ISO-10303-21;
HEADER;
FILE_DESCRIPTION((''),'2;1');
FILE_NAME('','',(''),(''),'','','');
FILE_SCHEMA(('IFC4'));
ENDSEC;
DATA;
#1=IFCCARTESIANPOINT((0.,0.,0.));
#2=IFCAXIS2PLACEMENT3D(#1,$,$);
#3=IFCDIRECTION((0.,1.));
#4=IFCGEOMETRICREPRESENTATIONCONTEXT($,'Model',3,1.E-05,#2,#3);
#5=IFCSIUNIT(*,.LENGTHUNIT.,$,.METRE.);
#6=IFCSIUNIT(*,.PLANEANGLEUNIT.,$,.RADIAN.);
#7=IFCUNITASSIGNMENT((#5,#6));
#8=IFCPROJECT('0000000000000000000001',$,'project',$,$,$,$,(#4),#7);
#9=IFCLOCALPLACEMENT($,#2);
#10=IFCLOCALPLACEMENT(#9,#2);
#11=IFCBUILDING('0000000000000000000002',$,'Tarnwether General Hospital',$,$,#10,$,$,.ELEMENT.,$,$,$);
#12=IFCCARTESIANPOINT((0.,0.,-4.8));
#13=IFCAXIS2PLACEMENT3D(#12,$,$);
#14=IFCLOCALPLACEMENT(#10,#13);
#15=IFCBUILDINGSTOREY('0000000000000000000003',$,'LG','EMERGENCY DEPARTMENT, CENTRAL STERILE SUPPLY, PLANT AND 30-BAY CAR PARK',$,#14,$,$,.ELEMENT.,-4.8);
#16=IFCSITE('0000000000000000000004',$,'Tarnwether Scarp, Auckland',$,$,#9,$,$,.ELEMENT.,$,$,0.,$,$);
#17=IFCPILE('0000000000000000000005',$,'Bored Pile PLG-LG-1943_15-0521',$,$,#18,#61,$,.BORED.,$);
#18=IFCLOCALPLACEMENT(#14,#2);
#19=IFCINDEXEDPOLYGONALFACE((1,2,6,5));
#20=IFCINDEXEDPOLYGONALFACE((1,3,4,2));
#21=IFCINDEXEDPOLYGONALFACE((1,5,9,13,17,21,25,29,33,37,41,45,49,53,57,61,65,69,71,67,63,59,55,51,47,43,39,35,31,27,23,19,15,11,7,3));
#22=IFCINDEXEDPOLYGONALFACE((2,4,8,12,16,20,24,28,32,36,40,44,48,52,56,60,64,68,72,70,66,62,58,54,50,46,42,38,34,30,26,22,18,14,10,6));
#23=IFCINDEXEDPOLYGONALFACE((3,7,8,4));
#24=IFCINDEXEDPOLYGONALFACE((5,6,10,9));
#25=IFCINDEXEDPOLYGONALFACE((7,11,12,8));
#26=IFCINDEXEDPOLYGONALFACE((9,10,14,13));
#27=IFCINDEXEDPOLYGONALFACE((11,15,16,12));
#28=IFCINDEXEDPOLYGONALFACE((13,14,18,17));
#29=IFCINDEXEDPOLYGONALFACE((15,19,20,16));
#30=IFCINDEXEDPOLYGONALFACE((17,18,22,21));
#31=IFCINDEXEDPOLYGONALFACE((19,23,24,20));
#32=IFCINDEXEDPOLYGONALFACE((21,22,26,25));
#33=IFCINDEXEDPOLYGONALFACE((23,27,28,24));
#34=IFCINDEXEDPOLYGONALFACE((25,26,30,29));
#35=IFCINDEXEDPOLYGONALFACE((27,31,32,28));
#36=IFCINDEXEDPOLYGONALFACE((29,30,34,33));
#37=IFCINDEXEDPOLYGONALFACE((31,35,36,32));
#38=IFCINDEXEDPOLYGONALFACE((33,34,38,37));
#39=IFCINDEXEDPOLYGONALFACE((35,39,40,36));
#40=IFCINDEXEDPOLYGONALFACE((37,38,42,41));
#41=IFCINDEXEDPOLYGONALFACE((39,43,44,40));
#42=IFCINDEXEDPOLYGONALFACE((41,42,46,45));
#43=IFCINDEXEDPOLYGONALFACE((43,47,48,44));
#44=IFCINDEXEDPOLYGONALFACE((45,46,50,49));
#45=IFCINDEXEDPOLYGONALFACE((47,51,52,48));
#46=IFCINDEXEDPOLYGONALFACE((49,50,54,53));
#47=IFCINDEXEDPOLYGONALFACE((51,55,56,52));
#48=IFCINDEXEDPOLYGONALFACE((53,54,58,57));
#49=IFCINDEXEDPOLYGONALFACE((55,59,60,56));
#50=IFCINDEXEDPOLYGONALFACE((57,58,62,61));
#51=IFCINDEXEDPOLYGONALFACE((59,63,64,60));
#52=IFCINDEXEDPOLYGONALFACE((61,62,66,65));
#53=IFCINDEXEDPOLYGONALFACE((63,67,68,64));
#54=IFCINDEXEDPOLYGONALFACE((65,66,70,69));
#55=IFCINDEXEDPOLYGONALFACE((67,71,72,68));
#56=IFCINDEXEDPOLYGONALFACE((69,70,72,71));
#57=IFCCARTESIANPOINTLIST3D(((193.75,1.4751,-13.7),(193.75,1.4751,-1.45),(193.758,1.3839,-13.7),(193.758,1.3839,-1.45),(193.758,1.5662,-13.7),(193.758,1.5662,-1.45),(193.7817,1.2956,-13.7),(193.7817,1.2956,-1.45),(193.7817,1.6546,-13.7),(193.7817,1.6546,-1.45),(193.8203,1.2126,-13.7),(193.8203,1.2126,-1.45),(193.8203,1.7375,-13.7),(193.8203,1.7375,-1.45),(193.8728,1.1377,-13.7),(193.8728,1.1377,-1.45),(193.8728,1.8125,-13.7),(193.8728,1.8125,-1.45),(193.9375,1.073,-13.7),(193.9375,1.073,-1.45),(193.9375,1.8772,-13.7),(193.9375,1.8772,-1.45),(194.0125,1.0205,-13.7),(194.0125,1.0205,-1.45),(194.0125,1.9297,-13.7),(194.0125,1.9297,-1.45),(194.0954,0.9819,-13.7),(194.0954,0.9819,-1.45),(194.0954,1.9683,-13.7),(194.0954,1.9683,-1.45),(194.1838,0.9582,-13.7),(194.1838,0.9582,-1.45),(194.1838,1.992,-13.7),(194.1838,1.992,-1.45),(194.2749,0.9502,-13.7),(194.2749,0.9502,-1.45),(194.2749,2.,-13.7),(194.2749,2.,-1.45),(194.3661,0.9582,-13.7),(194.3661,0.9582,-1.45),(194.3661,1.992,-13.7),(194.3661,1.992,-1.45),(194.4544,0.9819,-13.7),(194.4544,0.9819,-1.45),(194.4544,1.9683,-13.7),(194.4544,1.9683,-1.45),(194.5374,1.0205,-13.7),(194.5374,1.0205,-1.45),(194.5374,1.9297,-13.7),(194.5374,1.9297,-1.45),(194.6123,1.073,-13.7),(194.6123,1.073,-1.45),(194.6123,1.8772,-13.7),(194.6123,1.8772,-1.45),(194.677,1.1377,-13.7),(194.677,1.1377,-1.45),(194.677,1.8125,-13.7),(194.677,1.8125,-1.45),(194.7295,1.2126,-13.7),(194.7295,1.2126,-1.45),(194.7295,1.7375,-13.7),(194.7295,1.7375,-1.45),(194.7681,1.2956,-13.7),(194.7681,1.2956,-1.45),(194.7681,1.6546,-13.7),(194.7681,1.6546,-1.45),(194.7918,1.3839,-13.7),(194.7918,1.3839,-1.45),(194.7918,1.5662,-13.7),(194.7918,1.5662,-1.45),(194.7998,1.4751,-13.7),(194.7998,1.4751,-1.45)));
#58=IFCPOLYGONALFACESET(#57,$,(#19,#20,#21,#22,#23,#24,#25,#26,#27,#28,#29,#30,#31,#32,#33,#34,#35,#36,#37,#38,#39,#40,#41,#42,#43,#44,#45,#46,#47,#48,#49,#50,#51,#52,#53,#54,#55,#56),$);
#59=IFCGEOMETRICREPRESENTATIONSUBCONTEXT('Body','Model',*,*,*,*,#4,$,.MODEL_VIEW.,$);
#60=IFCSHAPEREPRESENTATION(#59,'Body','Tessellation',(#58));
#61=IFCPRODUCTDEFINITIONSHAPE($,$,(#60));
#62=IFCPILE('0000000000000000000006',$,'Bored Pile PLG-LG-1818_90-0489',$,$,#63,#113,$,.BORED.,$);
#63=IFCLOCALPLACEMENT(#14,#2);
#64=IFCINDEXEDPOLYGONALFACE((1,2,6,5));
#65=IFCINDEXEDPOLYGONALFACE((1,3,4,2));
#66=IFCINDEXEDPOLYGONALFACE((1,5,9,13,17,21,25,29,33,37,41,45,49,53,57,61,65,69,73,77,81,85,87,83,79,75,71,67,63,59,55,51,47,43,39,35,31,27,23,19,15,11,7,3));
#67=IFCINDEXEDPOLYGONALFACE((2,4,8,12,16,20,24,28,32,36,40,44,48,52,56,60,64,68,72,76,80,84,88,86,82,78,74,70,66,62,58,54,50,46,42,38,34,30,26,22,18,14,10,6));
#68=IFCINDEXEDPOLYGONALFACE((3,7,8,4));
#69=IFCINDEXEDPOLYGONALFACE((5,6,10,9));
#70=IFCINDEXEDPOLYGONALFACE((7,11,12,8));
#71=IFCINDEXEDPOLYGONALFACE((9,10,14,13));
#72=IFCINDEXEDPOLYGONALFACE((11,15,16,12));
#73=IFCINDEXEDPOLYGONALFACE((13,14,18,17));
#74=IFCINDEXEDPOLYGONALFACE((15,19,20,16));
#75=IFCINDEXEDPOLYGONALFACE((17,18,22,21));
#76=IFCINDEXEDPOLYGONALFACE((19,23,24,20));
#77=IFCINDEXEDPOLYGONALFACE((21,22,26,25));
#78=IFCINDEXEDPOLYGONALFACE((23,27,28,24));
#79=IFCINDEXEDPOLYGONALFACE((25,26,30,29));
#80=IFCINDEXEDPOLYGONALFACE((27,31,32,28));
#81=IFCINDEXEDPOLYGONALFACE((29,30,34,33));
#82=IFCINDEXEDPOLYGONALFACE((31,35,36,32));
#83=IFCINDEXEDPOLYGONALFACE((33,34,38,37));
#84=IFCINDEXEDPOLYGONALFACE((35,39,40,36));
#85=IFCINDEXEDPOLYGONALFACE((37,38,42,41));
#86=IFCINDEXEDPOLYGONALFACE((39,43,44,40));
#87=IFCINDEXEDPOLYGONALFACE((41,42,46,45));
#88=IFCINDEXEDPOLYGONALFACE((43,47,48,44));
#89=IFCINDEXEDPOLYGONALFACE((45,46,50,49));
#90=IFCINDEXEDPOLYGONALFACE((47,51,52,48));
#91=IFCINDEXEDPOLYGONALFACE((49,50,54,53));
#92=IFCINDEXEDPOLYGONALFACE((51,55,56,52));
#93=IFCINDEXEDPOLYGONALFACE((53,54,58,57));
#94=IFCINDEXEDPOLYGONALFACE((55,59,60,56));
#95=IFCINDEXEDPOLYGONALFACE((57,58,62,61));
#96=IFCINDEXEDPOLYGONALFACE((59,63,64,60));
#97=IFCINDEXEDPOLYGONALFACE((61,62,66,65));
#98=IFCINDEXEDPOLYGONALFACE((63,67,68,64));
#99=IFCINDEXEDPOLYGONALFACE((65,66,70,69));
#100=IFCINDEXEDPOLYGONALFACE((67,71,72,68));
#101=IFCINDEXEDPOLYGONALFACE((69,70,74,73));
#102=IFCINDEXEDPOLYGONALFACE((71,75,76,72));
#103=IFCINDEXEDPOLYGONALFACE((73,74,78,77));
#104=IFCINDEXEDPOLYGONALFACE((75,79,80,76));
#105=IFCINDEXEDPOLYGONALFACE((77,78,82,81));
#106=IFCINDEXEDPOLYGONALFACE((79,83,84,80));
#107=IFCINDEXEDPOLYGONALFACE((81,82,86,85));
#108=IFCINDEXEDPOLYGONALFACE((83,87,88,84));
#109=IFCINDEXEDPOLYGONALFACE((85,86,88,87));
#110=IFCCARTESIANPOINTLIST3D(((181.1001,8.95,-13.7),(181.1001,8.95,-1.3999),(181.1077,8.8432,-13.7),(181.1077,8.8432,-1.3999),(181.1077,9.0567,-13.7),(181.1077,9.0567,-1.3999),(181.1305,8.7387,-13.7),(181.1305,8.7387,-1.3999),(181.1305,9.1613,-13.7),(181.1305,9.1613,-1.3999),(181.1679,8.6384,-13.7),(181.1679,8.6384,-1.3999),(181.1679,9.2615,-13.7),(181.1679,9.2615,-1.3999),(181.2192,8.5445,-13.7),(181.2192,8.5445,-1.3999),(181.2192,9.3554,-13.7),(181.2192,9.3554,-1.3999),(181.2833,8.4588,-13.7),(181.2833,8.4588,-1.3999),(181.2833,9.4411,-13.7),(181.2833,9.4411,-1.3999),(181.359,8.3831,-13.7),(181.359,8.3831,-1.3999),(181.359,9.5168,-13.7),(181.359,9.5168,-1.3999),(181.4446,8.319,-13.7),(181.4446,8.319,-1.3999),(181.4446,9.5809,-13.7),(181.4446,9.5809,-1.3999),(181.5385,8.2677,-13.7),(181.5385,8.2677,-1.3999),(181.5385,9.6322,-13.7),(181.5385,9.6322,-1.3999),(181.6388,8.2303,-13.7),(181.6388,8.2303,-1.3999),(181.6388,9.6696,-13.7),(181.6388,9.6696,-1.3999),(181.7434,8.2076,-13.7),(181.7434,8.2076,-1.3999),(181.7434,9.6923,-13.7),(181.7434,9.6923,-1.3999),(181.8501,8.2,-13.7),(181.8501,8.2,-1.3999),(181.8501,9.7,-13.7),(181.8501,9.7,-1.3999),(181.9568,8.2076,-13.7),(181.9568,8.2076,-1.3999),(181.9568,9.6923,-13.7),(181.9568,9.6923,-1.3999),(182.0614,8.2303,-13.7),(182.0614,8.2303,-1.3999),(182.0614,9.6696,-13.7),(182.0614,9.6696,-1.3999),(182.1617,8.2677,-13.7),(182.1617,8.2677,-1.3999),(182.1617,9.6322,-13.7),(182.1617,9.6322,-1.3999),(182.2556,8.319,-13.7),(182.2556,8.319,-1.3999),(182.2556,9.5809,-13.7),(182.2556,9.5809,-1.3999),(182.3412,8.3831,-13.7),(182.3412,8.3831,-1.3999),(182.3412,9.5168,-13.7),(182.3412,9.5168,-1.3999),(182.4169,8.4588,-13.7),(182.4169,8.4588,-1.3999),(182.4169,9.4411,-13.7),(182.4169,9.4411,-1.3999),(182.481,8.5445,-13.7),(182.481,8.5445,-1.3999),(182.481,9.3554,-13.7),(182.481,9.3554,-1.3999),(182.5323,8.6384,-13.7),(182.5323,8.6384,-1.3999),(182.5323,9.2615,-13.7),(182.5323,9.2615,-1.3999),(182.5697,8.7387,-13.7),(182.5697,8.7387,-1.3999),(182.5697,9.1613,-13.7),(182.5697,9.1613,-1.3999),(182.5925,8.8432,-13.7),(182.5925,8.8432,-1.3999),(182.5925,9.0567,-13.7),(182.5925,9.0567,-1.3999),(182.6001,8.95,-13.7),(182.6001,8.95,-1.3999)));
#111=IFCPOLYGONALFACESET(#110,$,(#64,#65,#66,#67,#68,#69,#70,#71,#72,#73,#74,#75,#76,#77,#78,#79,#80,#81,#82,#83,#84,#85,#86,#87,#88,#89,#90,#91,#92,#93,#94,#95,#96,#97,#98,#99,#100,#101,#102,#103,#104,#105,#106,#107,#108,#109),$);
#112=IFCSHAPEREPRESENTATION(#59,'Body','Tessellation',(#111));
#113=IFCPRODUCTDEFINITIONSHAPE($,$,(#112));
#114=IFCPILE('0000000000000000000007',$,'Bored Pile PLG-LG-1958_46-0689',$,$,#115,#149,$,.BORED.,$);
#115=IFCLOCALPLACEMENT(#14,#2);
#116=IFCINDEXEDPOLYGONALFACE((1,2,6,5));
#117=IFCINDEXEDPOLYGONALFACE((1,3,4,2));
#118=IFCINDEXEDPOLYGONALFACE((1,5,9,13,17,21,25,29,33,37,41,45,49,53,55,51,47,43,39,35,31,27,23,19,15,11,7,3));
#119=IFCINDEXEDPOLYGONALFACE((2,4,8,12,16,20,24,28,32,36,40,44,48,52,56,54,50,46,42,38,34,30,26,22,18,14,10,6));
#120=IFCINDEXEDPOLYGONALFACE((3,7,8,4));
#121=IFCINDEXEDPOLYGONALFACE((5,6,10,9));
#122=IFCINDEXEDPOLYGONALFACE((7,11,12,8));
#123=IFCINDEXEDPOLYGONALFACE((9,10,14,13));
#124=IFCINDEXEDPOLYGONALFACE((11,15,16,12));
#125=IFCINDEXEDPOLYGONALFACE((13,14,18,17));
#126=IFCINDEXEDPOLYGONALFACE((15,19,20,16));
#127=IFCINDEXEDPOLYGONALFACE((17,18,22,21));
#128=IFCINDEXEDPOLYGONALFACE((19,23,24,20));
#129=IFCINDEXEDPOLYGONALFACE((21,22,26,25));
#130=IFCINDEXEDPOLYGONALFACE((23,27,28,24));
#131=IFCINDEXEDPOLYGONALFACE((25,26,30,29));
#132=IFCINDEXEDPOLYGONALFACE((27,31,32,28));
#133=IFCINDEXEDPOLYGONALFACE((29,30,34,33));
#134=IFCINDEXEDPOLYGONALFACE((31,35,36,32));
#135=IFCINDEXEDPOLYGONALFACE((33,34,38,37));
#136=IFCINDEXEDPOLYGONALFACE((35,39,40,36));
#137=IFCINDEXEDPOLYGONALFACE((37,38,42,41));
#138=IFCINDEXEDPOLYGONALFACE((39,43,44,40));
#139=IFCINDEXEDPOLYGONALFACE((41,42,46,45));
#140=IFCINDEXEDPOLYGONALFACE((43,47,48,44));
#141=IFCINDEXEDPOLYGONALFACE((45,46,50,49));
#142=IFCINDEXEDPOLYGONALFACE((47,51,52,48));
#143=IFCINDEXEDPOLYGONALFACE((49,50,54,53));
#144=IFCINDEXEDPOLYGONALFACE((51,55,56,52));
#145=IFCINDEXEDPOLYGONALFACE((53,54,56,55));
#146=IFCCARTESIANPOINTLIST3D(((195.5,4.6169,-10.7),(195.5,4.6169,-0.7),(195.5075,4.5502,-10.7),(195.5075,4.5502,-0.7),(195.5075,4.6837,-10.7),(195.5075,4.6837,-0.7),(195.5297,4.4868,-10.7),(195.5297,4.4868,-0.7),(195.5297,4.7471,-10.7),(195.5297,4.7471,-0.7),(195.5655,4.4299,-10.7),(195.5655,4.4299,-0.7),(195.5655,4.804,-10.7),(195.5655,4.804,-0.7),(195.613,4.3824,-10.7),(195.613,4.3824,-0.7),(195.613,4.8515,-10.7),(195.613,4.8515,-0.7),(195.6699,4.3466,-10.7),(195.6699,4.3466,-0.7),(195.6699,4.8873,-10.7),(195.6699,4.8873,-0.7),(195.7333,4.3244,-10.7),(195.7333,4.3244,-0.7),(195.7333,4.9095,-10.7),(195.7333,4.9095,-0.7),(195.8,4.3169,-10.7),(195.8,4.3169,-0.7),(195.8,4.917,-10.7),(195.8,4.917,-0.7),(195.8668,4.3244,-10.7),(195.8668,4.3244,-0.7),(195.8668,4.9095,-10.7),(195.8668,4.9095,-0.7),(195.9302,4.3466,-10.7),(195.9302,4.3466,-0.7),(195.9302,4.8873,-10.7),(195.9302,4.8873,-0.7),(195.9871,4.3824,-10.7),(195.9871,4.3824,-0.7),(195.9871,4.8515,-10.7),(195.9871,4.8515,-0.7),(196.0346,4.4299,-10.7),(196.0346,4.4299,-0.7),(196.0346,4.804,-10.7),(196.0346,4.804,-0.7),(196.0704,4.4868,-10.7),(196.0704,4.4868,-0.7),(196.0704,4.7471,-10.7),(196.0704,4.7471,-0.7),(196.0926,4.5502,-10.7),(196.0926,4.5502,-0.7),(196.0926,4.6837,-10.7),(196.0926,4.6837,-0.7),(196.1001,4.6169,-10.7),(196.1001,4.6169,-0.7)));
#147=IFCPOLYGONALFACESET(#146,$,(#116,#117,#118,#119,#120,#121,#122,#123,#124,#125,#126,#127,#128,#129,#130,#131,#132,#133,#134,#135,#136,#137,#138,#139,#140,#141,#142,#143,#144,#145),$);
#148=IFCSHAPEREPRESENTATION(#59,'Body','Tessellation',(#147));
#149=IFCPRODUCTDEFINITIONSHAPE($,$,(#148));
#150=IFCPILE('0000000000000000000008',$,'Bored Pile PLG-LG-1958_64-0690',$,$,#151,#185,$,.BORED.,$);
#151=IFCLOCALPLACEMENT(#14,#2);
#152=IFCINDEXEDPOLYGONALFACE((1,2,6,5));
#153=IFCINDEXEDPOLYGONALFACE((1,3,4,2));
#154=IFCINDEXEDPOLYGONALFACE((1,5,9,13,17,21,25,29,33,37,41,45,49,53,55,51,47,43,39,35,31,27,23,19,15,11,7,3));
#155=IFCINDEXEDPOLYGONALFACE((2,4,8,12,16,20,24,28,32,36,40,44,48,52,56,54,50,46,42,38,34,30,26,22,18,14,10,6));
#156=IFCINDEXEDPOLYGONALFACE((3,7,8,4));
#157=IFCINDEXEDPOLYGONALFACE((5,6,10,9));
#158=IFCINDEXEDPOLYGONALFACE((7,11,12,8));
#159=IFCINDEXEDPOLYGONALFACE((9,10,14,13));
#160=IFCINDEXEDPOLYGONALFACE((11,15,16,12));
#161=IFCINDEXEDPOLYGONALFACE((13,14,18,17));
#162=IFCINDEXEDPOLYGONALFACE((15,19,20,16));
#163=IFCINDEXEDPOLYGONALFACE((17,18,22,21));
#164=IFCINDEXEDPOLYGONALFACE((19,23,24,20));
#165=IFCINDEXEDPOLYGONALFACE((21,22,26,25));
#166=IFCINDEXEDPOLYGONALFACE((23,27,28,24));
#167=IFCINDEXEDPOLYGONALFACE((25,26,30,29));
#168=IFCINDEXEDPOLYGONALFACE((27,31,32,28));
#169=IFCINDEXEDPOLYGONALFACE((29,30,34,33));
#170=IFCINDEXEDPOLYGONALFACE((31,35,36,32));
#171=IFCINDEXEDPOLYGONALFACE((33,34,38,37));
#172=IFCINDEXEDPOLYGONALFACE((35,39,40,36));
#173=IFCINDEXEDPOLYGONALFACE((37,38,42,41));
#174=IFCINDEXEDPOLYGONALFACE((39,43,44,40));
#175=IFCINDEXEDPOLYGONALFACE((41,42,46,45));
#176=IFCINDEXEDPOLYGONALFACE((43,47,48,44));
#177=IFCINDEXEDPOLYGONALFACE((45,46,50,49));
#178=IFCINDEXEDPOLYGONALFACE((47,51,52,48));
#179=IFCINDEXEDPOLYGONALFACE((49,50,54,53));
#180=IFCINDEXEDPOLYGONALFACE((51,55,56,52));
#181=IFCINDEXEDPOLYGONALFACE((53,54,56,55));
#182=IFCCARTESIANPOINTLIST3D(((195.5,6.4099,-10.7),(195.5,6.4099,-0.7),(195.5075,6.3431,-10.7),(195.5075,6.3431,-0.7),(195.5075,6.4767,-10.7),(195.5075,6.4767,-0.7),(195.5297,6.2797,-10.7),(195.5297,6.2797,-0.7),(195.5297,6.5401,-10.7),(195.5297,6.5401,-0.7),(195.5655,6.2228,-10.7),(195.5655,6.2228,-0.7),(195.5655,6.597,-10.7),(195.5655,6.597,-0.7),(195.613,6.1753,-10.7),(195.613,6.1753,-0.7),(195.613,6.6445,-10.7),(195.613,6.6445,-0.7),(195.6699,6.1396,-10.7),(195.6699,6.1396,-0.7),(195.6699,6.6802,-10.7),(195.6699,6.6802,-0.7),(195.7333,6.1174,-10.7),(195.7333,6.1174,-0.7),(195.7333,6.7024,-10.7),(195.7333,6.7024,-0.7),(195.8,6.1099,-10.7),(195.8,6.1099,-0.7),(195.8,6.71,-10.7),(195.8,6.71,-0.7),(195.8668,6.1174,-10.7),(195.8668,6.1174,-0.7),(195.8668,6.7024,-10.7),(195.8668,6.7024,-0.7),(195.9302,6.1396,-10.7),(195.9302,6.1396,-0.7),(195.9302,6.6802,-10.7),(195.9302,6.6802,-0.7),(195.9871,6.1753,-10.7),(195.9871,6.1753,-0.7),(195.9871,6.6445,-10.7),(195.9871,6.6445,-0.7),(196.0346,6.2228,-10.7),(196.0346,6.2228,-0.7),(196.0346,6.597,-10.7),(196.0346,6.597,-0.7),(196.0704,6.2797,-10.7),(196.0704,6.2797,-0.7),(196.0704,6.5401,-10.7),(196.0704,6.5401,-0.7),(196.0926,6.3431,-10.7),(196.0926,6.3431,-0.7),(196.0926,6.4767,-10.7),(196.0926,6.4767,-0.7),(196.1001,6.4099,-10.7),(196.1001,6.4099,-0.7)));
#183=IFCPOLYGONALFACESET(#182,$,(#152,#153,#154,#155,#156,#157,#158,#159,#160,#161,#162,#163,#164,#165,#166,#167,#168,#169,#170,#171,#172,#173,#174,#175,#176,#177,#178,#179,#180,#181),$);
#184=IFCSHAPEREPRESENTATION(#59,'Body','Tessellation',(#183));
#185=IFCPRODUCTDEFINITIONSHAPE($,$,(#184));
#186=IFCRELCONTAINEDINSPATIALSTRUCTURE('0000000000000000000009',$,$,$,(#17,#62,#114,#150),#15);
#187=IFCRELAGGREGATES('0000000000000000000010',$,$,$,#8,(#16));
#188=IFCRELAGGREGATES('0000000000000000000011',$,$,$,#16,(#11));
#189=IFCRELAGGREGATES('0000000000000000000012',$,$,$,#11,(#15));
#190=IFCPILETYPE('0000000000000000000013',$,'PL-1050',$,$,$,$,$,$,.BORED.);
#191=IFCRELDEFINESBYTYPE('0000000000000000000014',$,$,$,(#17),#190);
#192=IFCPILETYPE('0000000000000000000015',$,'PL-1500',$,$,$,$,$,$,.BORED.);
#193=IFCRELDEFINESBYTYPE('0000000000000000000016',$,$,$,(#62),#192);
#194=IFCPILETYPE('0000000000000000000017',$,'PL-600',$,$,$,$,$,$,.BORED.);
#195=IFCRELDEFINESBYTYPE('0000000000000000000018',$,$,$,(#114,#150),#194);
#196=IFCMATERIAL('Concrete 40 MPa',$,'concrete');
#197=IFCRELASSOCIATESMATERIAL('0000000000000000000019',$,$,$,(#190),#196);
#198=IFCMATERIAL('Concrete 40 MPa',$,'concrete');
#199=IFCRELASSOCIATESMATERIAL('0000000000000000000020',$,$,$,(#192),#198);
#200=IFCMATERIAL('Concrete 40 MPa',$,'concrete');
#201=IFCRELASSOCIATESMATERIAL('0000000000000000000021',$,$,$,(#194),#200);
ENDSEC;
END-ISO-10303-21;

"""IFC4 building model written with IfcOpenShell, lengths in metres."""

from ifc_helpers import new_model, si_unit, direction, frame, origin, origin_2d, place, context, subcontext, project, spatial, circle, extrude, material, material_profile, profile_set, type_object, element, save


model = new_model("IFC4")

# Units and contexts
model_context = context("Model", 3, precision=1e-05, world=origin(), true_north=direction((0.0, 1.0)))
body_context = subcontext(model_context, "Body", "Model", "MODEL_VIEW")
ifc_project = project(units=[si_unit("LENGTHUNIT", "METRE"), si_unit("PLANEANGLEUNIT", "RADIAN")], contexts=[model_context])

# Site, building, storey
site_placement = place(None, origin())
site = spatial("IfcSite", under=ifc_project, at=site_placement, Name="Tarnwether Scarp, Auckland", CompositionType="ELEMENT", RefElevation=0.0)
building_placement = place(site_placement, origin())
building = spatial("IfcBuilding", under=site, at=building_placement, Name="Tarnwether General Hospital", CompositionType="ELEMENT")
storey_placement = place(building_placement, frame((0.0, 0.0, -4.8)))
storey = spatial("IfcBuildingStorey", under=building, at=storey_placement, Name="LG", Description="EMERGENCY DEPARTMENT, CENTRAL STERILE SUPPLY, PLANT AND 30-BAY CAR PARK", CompositionType="ELEMENT", Elevation=-4.8)

# Piles
ifc_material_1 = material(Name="Concrete 40 MPa", Category="concrete")
ifc_material_profile_1 = material_profile(ifc_material_1, circle(Radius=0.5249, at=origin_2d()), Name="PILE-D1050")
ifc_profile_set_1 = profile_set([ifc_material_profile_1], Name="Concrete 40 MPa")
pile_type_1 = type_object("IfcPileType", Name="PL-1050", PredefinedType="BORED", material=ifc_profile_set_1)
for number, where, z_axis, x_axis, name in (
    (1, (194.2749, 1.4751, -1.45), (0.0, 0.0, -1.0), (1.0, 0.0, 0.0), "Bored Pile PLG-LG-1943_15-0521"),
):
    element("IfcPile", number, at=place(storey_placement, frame(where, z_axis=z_axis, x_axis=x_axis)), inside=storey, type_object=pile_type_1, Name=name, PredefinedType="BORED", context=body_context, shape_type="SweptSolid", body=[
        extrude(circle(Radius=0.5249, at=origin_2d()), origin(), (0.0, 0.0, 1.0), 12.25),
    ])
ifc_material_2 = material(Name="Concrete 40 MPa", Category="concrete")
ifc_material_profile_2 = material_profile(ifc_material_2, circle(Radius=0.75, at=origin_2d()), Name="PILE-D1500")
ifc_profile_set_2 = profile_set([ifc_material_profile_2], Name="Concrete 40 MPa")
pile_type_2 = type_object("IfcPileType", Name="PL-1500", PredefinedType="BORED", material=ifc_profile_set_2)
pile_placement = place(storey_placement, frame((181.8501, 8.95, -1.3999), z_axis=(0.0, 0.0, -1.0), x_axis=(1.0, 0.0, 0.0)))
element("IfcPile", 2, at=pile_placement, inside=storey, type_object=pile_type_2, Name="Bored Pile PLG-LG-1818_90-0489", PredefinedType="BORED", context=body_context, shape_type="SweptSolid", body=[
    extrude(circle(Radius=0.75, at=origin_2d()), origin(), (0.0, 0.0, 1.0), 12.3),
])
ifc_material_3 = material(Name="Concrete 40 MPa", Category="concrete")
ifc_material_profile_3 = material_profile(ifc_material_3, circle(Radius=0.3, at=origin_2d()), Name="PILE-D600")
ifc_profile_set_3 = profile_set([ifc_material_profile_3], Name="Concrete 40 MPa")
pile_type_3 = type_object("IfcPileType", Name="PL-600", PredefinedType="BORED", material=ifc_profile_set_3)
for number, where, z_axis, x_axis, name in (
    (3, (195.8, 4.6169, -0.7), (0.0, 0.0, -1.0), (1.0, 0.0, 0.0), "Bored Pile PLG-LG-1958_46-0689"),
    (4, (195.8, 6.4099, -0.7), (0.0, 0.0, -1.0), (1.0, 0.0, 0.0), "Bored Pile PLG-LG-1958_64-0690"),
):
    element("IfcPile", number, at=place(storey_placement, frame(where, z_axis=z_axis, x_axis=x_axis)), inside=storey, type_object=pile_type_3, Name=name, PredefinedType="BORED", context=body_context, shape_type="SweptSolid", body=[
        extrude(circle(Radius=0.3, at=origin_2d()), origin(), (0.0, 0.0, 1.0), 10.0),
    ])

save(model, "model.ifc")
